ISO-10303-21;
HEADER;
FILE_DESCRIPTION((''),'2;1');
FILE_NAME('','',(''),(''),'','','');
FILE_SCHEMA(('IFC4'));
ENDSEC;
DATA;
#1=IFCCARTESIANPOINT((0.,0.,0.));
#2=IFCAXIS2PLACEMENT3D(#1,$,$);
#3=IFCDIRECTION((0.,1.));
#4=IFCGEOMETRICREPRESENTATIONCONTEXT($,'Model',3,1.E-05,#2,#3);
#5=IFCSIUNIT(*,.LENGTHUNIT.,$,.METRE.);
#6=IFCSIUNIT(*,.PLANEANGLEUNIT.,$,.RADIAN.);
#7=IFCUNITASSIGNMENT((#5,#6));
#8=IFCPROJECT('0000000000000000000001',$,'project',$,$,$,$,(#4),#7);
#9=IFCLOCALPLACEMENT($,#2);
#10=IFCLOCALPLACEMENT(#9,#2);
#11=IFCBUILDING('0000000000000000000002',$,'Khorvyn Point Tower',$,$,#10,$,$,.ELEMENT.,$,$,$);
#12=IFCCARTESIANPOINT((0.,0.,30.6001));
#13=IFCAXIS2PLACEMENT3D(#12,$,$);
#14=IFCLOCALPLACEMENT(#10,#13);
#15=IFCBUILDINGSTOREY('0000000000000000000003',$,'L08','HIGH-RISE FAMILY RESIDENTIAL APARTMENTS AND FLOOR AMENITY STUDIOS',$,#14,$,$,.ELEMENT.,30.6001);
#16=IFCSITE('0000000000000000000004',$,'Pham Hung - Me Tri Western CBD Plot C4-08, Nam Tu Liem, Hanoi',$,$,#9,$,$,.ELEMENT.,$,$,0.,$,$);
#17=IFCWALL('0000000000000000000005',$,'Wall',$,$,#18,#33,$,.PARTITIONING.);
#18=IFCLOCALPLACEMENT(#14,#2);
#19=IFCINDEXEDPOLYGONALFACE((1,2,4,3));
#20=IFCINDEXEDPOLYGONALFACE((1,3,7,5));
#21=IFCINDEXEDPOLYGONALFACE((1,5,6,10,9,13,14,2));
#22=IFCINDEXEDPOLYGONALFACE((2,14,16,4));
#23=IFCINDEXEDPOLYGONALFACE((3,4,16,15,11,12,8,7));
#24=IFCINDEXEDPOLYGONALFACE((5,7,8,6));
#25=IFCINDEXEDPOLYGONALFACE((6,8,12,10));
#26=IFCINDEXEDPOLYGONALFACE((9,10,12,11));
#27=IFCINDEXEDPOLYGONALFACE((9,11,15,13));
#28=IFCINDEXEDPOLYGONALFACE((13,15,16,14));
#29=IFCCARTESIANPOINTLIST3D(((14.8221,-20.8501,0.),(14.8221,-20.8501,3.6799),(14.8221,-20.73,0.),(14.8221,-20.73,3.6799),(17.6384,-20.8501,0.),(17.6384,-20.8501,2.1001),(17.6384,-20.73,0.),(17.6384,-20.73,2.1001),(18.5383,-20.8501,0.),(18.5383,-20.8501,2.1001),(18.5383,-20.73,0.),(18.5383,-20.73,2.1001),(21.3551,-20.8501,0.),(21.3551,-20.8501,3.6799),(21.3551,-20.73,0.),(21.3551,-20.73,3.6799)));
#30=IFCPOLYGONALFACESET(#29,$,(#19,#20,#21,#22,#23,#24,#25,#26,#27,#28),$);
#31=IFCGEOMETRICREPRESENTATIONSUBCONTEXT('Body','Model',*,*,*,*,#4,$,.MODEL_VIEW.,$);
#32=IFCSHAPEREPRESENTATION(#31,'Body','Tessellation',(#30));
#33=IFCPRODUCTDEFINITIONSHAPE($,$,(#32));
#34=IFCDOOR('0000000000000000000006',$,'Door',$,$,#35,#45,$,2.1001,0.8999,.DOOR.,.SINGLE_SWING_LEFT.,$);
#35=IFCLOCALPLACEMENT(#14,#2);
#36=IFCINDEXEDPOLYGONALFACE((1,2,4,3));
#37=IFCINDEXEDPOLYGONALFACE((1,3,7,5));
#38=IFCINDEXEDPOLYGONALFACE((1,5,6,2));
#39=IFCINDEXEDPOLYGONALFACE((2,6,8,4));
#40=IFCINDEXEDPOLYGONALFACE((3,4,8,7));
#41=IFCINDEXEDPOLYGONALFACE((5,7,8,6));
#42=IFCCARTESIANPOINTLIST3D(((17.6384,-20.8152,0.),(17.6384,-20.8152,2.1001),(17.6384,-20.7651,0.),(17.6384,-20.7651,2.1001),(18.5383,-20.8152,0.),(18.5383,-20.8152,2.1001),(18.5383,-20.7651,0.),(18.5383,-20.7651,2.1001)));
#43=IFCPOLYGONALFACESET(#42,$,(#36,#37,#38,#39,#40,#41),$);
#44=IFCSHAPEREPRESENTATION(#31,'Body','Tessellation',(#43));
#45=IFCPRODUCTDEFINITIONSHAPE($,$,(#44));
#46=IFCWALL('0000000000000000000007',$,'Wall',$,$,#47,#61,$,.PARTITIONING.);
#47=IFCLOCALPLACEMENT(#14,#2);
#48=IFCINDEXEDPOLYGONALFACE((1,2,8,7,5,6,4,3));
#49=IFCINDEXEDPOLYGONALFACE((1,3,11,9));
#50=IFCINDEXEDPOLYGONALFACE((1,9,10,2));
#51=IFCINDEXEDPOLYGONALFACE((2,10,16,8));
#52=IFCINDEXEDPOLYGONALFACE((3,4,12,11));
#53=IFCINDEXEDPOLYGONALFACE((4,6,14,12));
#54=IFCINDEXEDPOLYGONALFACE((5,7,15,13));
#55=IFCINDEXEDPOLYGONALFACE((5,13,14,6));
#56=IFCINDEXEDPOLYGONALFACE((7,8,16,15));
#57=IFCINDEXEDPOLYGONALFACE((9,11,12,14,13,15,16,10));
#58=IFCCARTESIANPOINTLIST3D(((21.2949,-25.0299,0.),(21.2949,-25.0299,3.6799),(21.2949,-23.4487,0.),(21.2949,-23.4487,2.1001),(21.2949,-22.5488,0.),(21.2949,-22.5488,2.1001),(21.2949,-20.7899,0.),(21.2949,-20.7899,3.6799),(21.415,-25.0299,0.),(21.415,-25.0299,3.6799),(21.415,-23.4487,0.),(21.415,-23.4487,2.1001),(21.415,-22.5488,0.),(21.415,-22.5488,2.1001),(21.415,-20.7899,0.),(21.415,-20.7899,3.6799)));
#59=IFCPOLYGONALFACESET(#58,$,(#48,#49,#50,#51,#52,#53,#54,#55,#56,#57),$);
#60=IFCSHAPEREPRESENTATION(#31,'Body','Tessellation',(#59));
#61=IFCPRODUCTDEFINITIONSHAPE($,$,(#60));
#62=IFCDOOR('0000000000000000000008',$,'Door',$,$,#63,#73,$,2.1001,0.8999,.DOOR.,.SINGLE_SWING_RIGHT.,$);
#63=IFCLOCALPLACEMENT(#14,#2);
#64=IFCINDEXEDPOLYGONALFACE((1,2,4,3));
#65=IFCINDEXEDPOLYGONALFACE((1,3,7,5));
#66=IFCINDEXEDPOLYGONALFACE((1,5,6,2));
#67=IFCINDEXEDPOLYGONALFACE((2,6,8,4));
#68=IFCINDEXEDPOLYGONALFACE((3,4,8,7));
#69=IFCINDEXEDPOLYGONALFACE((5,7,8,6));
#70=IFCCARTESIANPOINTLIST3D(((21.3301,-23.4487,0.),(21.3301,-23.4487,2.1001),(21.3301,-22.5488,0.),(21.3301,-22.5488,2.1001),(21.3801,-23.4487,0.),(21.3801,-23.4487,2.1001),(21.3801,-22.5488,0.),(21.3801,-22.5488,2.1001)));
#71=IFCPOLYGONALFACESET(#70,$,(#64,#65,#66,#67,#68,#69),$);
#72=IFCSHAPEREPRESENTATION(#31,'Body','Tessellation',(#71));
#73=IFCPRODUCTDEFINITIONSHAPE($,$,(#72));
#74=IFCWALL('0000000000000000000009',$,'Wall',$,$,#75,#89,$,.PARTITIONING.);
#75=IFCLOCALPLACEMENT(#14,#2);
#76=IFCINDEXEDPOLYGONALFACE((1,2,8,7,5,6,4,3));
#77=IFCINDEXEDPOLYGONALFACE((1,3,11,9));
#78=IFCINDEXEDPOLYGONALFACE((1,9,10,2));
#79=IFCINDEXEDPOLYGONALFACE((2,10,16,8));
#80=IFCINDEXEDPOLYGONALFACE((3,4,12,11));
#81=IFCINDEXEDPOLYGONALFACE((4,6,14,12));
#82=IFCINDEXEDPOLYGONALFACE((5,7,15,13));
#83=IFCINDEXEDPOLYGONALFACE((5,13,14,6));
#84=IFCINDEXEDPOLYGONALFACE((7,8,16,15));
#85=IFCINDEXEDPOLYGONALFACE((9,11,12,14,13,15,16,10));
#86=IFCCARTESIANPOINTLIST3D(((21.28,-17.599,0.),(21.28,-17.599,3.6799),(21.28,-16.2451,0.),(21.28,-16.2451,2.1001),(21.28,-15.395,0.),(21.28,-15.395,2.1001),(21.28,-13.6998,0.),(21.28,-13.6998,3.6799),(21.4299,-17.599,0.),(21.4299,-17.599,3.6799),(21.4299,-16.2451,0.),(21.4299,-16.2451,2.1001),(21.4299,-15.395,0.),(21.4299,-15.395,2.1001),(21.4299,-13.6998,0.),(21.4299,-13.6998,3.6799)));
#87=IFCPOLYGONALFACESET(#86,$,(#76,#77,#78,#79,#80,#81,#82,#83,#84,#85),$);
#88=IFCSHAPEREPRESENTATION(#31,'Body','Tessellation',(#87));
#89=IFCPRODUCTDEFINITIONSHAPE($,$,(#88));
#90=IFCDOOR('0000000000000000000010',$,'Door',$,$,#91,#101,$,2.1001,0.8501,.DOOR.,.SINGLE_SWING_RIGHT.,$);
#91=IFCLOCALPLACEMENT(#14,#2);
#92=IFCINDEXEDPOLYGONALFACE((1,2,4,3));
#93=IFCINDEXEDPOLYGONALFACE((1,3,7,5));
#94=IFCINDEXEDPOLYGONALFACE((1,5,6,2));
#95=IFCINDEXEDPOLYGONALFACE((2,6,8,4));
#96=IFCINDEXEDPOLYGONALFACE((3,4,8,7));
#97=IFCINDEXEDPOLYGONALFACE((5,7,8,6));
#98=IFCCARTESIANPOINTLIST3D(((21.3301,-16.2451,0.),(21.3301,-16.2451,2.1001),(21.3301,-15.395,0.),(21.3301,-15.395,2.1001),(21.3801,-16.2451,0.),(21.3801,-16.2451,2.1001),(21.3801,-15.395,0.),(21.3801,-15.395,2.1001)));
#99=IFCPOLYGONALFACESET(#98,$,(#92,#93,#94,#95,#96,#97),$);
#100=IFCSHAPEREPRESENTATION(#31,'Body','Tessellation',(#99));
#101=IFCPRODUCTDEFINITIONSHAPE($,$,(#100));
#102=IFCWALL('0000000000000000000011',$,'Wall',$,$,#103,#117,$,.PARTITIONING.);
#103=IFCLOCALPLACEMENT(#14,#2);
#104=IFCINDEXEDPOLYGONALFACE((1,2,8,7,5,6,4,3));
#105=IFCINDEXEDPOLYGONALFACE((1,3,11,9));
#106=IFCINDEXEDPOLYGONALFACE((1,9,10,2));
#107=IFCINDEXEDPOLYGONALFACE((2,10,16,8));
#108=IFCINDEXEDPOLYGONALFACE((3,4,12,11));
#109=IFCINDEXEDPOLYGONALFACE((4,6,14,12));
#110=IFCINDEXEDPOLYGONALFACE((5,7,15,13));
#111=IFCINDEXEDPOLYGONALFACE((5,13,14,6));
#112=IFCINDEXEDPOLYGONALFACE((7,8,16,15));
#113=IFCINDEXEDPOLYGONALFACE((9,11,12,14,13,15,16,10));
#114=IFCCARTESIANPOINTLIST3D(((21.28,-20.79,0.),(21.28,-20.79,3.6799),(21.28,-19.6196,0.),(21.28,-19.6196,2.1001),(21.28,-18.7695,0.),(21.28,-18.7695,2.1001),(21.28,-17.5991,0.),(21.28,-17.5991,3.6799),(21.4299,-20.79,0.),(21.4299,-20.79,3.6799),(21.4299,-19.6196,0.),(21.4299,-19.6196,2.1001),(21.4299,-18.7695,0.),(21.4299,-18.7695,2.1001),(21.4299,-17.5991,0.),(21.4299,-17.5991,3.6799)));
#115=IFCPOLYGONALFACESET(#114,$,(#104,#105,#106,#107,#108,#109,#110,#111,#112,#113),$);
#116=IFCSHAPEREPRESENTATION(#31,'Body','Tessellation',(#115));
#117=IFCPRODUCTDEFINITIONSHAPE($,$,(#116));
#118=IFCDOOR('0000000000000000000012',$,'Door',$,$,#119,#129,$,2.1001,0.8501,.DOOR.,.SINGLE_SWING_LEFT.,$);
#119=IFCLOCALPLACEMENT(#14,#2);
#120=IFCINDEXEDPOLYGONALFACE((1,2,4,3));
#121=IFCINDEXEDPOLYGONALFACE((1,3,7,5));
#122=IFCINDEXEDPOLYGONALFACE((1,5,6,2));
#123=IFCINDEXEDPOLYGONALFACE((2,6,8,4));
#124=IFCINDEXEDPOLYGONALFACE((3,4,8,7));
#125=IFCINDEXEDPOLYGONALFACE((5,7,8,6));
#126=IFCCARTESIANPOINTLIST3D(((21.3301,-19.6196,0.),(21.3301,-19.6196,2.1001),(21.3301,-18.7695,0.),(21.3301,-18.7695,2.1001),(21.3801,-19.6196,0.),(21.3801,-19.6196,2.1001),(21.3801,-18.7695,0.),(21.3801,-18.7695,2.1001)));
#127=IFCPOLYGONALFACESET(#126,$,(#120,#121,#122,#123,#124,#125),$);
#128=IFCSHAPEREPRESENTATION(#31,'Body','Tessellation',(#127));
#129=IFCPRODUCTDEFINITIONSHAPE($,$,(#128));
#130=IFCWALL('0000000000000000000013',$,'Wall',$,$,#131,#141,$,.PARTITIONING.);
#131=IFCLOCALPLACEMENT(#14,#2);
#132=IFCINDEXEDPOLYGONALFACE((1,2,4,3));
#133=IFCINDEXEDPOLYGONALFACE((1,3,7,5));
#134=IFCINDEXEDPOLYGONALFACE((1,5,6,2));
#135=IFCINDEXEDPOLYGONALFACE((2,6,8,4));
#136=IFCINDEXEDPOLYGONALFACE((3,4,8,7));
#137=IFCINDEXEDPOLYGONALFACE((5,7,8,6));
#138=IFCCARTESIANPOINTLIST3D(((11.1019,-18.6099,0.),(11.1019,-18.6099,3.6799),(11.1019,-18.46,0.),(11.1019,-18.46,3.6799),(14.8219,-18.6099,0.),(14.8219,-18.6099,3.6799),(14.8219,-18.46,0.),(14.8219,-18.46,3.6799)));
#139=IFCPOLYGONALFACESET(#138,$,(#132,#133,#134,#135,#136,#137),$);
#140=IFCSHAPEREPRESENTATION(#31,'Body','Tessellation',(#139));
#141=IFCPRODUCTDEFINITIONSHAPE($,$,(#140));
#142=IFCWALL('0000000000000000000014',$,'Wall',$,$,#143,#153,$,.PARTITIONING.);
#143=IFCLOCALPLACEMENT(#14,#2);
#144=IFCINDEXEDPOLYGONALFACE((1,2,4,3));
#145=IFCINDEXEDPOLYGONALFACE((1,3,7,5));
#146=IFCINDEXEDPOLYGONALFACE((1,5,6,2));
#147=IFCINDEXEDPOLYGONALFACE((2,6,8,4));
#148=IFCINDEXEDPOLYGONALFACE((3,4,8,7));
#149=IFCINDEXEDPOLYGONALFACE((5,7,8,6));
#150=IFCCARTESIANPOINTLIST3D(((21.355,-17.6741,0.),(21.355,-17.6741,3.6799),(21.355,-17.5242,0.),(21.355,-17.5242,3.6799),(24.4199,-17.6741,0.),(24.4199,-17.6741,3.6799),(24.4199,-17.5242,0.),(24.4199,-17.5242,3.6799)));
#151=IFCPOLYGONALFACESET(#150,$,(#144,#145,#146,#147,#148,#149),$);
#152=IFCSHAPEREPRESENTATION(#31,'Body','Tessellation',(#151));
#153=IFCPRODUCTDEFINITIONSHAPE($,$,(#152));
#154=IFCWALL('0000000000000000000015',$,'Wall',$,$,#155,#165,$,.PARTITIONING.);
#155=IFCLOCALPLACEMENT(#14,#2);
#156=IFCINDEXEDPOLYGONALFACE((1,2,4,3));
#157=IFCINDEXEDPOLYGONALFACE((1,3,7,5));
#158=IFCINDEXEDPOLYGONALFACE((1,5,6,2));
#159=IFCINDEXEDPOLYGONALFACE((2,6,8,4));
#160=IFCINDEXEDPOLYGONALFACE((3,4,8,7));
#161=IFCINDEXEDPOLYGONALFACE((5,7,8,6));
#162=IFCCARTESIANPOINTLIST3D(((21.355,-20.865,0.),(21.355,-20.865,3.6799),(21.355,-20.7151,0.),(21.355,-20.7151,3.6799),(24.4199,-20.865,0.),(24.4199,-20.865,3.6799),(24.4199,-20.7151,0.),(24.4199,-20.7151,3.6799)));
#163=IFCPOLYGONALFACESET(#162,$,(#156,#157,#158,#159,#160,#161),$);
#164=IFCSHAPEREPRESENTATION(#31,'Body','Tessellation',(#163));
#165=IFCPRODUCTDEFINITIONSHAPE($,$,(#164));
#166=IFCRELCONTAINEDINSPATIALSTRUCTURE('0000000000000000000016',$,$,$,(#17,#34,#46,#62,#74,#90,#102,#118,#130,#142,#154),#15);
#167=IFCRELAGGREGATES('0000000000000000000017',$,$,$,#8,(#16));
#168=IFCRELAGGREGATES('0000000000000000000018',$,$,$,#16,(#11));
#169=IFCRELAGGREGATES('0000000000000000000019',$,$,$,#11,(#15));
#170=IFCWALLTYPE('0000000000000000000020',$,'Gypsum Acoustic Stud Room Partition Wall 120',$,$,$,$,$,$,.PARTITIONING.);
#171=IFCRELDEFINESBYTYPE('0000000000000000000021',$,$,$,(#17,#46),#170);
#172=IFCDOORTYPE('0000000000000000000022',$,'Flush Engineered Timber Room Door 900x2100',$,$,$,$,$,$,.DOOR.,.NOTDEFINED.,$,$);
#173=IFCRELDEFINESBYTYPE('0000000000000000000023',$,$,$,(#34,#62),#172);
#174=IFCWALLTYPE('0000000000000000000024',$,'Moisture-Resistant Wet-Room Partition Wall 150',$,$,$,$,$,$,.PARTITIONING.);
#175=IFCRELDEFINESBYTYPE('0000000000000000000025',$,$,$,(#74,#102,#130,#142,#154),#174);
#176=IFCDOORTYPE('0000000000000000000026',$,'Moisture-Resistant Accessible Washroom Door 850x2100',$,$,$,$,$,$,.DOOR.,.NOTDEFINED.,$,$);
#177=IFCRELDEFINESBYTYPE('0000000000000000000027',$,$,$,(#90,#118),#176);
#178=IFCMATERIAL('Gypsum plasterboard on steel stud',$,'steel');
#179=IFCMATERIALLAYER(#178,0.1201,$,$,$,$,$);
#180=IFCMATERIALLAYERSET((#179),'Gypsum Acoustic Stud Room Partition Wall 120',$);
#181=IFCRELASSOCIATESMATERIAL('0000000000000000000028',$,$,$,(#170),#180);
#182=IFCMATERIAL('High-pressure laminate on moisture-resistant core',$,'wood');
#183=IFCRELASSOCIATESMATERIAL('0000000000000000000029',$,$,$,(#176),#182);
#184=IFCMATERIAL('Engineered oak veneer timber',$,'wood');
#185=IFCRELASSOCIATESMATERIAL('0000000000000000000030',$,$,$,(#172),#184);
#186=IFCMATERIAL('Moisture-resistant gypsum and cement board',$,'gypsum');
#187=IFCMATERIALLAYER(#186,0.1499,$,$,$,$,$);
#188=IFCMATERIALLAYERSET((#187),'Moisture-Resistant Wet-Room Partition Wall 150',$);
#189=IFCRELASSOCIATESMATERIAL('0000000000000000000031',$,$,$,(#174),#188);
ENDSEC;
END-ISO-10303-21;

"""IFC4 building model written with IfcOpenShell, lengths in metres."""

from ifc_helpers import new_model, si_unit, direction, frame, frame_2d, origin, place, context, subcontext, project, spatial, rectangle, extrude, material, layer, layer_set, type_object, element, fill, save


model = new_model("IFC4")

# Units and contexts
model_context = context("Model", 3, precision=1e-05, world=origin(), true_north=direction((0.0, 1.0)))
body_context = subcontext(model_context, "Body", "Model", "MODEL_VIEW")
ifc_project = project(units=[si_unit("LENGTHUNIT", "METRE"), si_unit("PLANEANGLEUNIT", "RADIAN")], contexts=[model_context])

# Site, building, storey
site_placement = place(None, origin())
site = spatial("IfcSite", under=ifc_project, at=site_placement, Name="Pham Hung - Me Tri Western CBD Plot C4-08, Nam Tu Liem, Hanoi", CompositionType="ELEMENT", RefElevation=0.0)
building_placement = place(site_placement, origin())
building = spatial("IfcBuilding", under=site, at=building_placement, Name="Khorvyn Point Tower", CompositionType="ELEMENT")
storey_placement = place(building_placement, frame((0.0, 0.0, 30.6001)))
storey = spatial("IfcBuildingStorey", under=building, at=storey_placement, Name="L08", Description="HIGH-RISE FAMILY RESIDENTIAL APARTMENTS AND FLOOR AMENITY STUDIOS", CompositionType="ELEMENT", Elevation=30.6001)

# Walls, openings, doors
ifc_material_1 = material(Name="Gypsum plasterboard on steel stud", Category="steel")
ifc_layer_1 = layer(ifc_material_1, 0.1201)
ifc_layer_set_1 = layer_set([ifc_layer_1], Name="Gypsum Acoustic Stud Room Partition Wall 120")
wall_type_1 = type_object("IfcWallType", Name="Gypsum Acoustic Stud Room Partition Wall 120", PredefinedType="PARTITIONING", material=ifc_layer_set_1)
ifc_material_2 = material(Name="High-pressure laminate on moisture-resistant core", Category="wood")
door_type_1 = type_object("IfcDoorType", Name="Moisture-Resistant Accessible Washroom Door 850x2100", OperationType="NOTDEFINED", PredefinedType="DOOR", material=ifc_material_2)
wall_1_placement = place(storey_placement, frame((14.822, -20.79, 0.0), z_axis=(0.0, 0.0, 1.0), x_axis=(1.0, 0.0, 0.0)))
wall_1 = element("IfcWall", 1, at=wall_1_placement, inside=storey, type_object=wall_type_1, Name="Wall", PredefinedType="PARTITIONING", context=body_context, shape_type="SweptSolid", body=[
    extrude(rectangle(XDim=6.533, YDim=0.1201, at=frame_2d((3.2666, 0.0))), origin(), (0.0, 0.0, 1.0), 3.6799),
])
opening_1_placement = place(wall_1_placement, frame((2.8164, 0.0, 0.0)))
opening_1 = element("IfcOpeningElement", 2, at=opening_1_placement, cuts=wall_1, PredefinedType="OPENING", context=body_context, shape_type="SweptSolid", body=[
    extrude(rectangle(XDim=0.8999, YDim=2.1001, at=frame_2d((0.45, 1.05))), frame((0.0, 0.0701, 0.0), z_axis=(0.0, -1.0, 0.0), x_axis=(1.0, 0.0, 0.0)), (0.0, 0.0, 1.0), 0.1401),
])
ifc_material_3 = material(Name="Engineered oak veneer timber", Category="wood")
door_type_2 = type_object("IfcDoorType", Name="Flush Engineered Timber Room Door 900x2100", OperationType="NOTDEFINED", PredefinedType="DOOR", material=ifc_material_3)
door_1_placement = place(opening_1_placement, origin())
door_1 = element("IfcDoor", 3, at=door_1_placement, inside=storey, type_object=door_type_2, Name="Door", OperationType="SINGLE_SWING_LEFT", OverallHeight=2.1001, OverallWidth=0.8999, PredefinedType="DOOR", context=body_context, shape_type="SweptSolid", body=[
    extrude(rectangle(XDim=0.8999, YDim=2.1001, at=frame_2d((0.45, 1.05))), frame((0.0, 0.0249, 0.0), z_axis=(0.0, -1.0, 0.0), x_axis=(1.0, 0.0, 0.0)), (0.0, 0.0, 1.0), 0.05),
])
fill(opening_1, door_1)
wall_2_placement = place(storey_placement, frame((21.355, -25.03, 0.0), z_axis=(0.0, 0.0, 1.0), x_axis=(0.0, 1.0, 0.0)))
wall_2 = element("IfcWall", 4, at=wall_2_placement, inside=storey, type_object=wall_type_1, Name="Wall", PredefinedType="PARTITIONING", context=body_context, shape_type="SweptSolid", body=[
    extrude(rectangle(XDim=4.24, YDim=0.1201, at=frame_2d((2.1201, 0.0))), origin(), (0.0, 0.0, 1.0), 3.6799),
])
opening_2_placement = place(wall_2_placement, frame((1.5813, 0.0, 0.0)))
opening_2 = element("IfcOpeningElement", 5, at=opening_2_placement, cuts=wall_2, PredefinedType="OPENING", context=body_context, shape_type="SweptSolid", body=[
    extrude(rectangle(XDim=0.8999, YDim=2.1001, at=frame_2d((0.45, 1.05))), frame((0.0, 0.0701, 0.0), z_axis=(0.0, -1.0, 0.0), x_axis=(1.0, 0.0, 0.0)), (0.0, 0.0, 1.0), 0.1401),
])
door_2_placement = place(opening_2_placement, origin())
door_2 = element("IfcDoor", 6, at=door_2_placement, inside=storey, type_object=door_type_2, Name="Door", OperationType="SINGLE_SWING_RIGHT", OverallHeight=2.1001, OverallWidth=0.8999, PredefinedType="DOOR", context=body_context, shape_type="SweptSolid", body=[
    extrude(rectangle(XDim=0.8999, YDim=2.1001, at=frame_2d((0.45, 1.05))), frame((0.0, 0.0249, 0.0), z_axis=(0.0, -1.0, 0.0), x_axis=(1.0, 0.0, 0.0)), (0.0, 0.0, 1.0), 0.05),
])
fill(opening_2, door_2)
ifc_material_4 = material(Name="Moisture-resistant gypsum and cement board", Category="gypsum")
ifc_layer_2 = layer(ifc_material_4, 0.1499)
ifc_layer_set_2 = layer_set([ifc_layer_2], Name="Moisture-Resistant Wet-Room Partition Wall 150")
wall_type_2 = type_object("IfcWallType", Name="Moisture-Resistant Wet-Room Partition Wall 150", PredefinedType="PARTITIONING", material=ifc_layer_set_2)
wall_3_placement = place(storey_placement, frame((21.355, -17.5991, 0.0), z_axis=(0.0, 0.0, 1.0), x_axis=(0.0, 1.0, 0.0)))
wall_3 = element("IfcWall", 7, at=wall_3_placement, inside=storey, type_object=wall_type_2, Name="Wall", PredefinedType="PARTITIONING", context=body_context, shape_type="SweptSolid", body=[
    extrude(rectangle(XDim=3.8992, YDim=0.1499, at=frame_2d((1.9497, 0.0))), origin(), (0.0, 0.0, 1.0), 3.6799),
])
opening_3_placement = place(wall_3_placement, frame((1.354, 0.0, 0.0)))
opening_3 = element("IfcOpeningElement", 8, at=opening_3_placement, cuts=wall_3, PredefinedType="OPENING", context=body_context, shape_type="SweptSolid", body=[
    extrude(rectangle(XDim=0.8501, YDim=2.1001, at=frame_2d((0.425, 1.05))), frame((0.0, 0.085, 0.0), z_axis=(0.0, -1.0, 0.0), x_axis=(1.0, 0.0, 0.0)), (0.0, 0.0, 1.0), 0.1699),
])
door_3_placement = place(opening_3_placement, origin())
door_3 = element("IfcDoor", 9, at=door_3_placement, inside=storey, type_object=door_type_1, Name="Door", OperationType="SINGLE_SWING_RIGHT", OverallHeight=2.1001, OverallWidth=0.8501, PredefinedType="DOOR", context=body_context, shape_type="SweptSolid", body=[
    extrude(rectangle(XDim=0.8501, YDim=2.1001, at=frame_2d((0.425, 1.05))), frame((0.0, 0.0249, 0.0), z_axis=(0.0, -1.0, 0.0), x_axis=(1.0, 0.0, 0.0)), (0.0, 0.0, 1.0), 0.05),
])
fill(opening_3, door_3)
wall_4_placement = place(storey_placement, frame((21.355, -20.79, 0.0), z_axis=(0.0, 0.0, 1.0), x_axis=(0.0, 1.0, 0.0)))
wall_4 = element("IfcWall", 10, at=wall_4_placement, inside=storey, type_object=wall_type_2, Name="Wall", PredefinedType="PARTITIONING", context=body_context, shape_type="SweptSolid", body=[
    extrude(rectangle(XDim=3.1909, YDim=0.1499, at=frame_2d((1.5955, 0.0))), origin(), (0.0, 0.0, 1.0), 3.6799),
])
opening_4_placement = place(wall_4_placement, frame((1.1704, 0.0, 0.0)))
opening_4 = element("IfcOpeningElement", 11, at=opening_4_placement, cuts=wall_4, PredefinedType="OPENING", context=body_context, shape_type="SweptSolid", body=[
    extrude(rectangle(XDim=0.8501, YDim=2.1001, at=frame_2d((0.425, 1.05))), frame((0.0, 0.085, 0.0), z_axis=(0.0, -1.0, 0.0), x_axis=(1.0, 0.0, 0.0)), (0.0, 0.0, 1.0), 0.1699),
])
door_4_placement = place(opening_4_placement, origin())
door_4 = element("IfcDoor", 12, at=door_4_placement, inside=storey, type_object=door_type_1, Name="Door", OperationType="SINGLE_SWING_LEFT", OverallHeight=2.1001, OverallWidth=0.8501, PredefinedType="DOOR", context=body_context, shape_type="SweptSolid", body=[
    extrude(rectangle(XDim=0.8501, YDim=2.1001, at=frame_2d((0.425, 1.05))), frame((0.0, 0.0249, 0.0), z_axis=(0.0, -1.0, 0.0), x_axis=(1.0, 0.0, 0.0)), (0.0, 0.0, 1.0), 0.05),
])
fill(opening_4, door_4)

# Walls
wall_5_placement = place(storey_placement, frame((11.1021, -18.5349, 0.0), z_axis=(0.0, 0.0, 1.0), x_axis=(1.0, 0.0, 0.0)))
element("IfcWall", 13, at=wall_5_placement, inside=storey, type_object=wall_type_2, Name="Wall", PredefinedType="PARTITIONING", context=body_context, shape_type="SweptSolid", body=[
    extrude(rectangle(XDim=3.72, YDim=0.1499, at=frame_2d((1.8599, 0.0))), origin(), (0.0, 0.0, 1.0), 3.6799),
])
for number, where, z_axis, x_axis, name in (
    (14, (21.355, -17.5991, 0.0), (0.0, 0.0, 1.0), (1.0, 0.0, 0.0), "Wall"),
    (15, (21.355, -20.79, 0.0), (0.0, 0.0, 1.0), (1.0, 0.0, 0.0), "Wall"),
):
    element("IfcWall", number, at=place(storey_placement, frame(where, z_axis=z_axis, x_axis=x_axis)), inside=storey, type_object=wall_type_2, Name=name, PredefinedType="PARTITIONING", context=body_context, shape_type="SweptSolid", body=[
        extrude(rectangle(XDim=3.0649, YDim=0.1499, at=frame_2d((1.5325, 0.0))), origin(), (0.0, 0.0, 1.0), 3.6799),
    ])

save(model, "model.ifc")
